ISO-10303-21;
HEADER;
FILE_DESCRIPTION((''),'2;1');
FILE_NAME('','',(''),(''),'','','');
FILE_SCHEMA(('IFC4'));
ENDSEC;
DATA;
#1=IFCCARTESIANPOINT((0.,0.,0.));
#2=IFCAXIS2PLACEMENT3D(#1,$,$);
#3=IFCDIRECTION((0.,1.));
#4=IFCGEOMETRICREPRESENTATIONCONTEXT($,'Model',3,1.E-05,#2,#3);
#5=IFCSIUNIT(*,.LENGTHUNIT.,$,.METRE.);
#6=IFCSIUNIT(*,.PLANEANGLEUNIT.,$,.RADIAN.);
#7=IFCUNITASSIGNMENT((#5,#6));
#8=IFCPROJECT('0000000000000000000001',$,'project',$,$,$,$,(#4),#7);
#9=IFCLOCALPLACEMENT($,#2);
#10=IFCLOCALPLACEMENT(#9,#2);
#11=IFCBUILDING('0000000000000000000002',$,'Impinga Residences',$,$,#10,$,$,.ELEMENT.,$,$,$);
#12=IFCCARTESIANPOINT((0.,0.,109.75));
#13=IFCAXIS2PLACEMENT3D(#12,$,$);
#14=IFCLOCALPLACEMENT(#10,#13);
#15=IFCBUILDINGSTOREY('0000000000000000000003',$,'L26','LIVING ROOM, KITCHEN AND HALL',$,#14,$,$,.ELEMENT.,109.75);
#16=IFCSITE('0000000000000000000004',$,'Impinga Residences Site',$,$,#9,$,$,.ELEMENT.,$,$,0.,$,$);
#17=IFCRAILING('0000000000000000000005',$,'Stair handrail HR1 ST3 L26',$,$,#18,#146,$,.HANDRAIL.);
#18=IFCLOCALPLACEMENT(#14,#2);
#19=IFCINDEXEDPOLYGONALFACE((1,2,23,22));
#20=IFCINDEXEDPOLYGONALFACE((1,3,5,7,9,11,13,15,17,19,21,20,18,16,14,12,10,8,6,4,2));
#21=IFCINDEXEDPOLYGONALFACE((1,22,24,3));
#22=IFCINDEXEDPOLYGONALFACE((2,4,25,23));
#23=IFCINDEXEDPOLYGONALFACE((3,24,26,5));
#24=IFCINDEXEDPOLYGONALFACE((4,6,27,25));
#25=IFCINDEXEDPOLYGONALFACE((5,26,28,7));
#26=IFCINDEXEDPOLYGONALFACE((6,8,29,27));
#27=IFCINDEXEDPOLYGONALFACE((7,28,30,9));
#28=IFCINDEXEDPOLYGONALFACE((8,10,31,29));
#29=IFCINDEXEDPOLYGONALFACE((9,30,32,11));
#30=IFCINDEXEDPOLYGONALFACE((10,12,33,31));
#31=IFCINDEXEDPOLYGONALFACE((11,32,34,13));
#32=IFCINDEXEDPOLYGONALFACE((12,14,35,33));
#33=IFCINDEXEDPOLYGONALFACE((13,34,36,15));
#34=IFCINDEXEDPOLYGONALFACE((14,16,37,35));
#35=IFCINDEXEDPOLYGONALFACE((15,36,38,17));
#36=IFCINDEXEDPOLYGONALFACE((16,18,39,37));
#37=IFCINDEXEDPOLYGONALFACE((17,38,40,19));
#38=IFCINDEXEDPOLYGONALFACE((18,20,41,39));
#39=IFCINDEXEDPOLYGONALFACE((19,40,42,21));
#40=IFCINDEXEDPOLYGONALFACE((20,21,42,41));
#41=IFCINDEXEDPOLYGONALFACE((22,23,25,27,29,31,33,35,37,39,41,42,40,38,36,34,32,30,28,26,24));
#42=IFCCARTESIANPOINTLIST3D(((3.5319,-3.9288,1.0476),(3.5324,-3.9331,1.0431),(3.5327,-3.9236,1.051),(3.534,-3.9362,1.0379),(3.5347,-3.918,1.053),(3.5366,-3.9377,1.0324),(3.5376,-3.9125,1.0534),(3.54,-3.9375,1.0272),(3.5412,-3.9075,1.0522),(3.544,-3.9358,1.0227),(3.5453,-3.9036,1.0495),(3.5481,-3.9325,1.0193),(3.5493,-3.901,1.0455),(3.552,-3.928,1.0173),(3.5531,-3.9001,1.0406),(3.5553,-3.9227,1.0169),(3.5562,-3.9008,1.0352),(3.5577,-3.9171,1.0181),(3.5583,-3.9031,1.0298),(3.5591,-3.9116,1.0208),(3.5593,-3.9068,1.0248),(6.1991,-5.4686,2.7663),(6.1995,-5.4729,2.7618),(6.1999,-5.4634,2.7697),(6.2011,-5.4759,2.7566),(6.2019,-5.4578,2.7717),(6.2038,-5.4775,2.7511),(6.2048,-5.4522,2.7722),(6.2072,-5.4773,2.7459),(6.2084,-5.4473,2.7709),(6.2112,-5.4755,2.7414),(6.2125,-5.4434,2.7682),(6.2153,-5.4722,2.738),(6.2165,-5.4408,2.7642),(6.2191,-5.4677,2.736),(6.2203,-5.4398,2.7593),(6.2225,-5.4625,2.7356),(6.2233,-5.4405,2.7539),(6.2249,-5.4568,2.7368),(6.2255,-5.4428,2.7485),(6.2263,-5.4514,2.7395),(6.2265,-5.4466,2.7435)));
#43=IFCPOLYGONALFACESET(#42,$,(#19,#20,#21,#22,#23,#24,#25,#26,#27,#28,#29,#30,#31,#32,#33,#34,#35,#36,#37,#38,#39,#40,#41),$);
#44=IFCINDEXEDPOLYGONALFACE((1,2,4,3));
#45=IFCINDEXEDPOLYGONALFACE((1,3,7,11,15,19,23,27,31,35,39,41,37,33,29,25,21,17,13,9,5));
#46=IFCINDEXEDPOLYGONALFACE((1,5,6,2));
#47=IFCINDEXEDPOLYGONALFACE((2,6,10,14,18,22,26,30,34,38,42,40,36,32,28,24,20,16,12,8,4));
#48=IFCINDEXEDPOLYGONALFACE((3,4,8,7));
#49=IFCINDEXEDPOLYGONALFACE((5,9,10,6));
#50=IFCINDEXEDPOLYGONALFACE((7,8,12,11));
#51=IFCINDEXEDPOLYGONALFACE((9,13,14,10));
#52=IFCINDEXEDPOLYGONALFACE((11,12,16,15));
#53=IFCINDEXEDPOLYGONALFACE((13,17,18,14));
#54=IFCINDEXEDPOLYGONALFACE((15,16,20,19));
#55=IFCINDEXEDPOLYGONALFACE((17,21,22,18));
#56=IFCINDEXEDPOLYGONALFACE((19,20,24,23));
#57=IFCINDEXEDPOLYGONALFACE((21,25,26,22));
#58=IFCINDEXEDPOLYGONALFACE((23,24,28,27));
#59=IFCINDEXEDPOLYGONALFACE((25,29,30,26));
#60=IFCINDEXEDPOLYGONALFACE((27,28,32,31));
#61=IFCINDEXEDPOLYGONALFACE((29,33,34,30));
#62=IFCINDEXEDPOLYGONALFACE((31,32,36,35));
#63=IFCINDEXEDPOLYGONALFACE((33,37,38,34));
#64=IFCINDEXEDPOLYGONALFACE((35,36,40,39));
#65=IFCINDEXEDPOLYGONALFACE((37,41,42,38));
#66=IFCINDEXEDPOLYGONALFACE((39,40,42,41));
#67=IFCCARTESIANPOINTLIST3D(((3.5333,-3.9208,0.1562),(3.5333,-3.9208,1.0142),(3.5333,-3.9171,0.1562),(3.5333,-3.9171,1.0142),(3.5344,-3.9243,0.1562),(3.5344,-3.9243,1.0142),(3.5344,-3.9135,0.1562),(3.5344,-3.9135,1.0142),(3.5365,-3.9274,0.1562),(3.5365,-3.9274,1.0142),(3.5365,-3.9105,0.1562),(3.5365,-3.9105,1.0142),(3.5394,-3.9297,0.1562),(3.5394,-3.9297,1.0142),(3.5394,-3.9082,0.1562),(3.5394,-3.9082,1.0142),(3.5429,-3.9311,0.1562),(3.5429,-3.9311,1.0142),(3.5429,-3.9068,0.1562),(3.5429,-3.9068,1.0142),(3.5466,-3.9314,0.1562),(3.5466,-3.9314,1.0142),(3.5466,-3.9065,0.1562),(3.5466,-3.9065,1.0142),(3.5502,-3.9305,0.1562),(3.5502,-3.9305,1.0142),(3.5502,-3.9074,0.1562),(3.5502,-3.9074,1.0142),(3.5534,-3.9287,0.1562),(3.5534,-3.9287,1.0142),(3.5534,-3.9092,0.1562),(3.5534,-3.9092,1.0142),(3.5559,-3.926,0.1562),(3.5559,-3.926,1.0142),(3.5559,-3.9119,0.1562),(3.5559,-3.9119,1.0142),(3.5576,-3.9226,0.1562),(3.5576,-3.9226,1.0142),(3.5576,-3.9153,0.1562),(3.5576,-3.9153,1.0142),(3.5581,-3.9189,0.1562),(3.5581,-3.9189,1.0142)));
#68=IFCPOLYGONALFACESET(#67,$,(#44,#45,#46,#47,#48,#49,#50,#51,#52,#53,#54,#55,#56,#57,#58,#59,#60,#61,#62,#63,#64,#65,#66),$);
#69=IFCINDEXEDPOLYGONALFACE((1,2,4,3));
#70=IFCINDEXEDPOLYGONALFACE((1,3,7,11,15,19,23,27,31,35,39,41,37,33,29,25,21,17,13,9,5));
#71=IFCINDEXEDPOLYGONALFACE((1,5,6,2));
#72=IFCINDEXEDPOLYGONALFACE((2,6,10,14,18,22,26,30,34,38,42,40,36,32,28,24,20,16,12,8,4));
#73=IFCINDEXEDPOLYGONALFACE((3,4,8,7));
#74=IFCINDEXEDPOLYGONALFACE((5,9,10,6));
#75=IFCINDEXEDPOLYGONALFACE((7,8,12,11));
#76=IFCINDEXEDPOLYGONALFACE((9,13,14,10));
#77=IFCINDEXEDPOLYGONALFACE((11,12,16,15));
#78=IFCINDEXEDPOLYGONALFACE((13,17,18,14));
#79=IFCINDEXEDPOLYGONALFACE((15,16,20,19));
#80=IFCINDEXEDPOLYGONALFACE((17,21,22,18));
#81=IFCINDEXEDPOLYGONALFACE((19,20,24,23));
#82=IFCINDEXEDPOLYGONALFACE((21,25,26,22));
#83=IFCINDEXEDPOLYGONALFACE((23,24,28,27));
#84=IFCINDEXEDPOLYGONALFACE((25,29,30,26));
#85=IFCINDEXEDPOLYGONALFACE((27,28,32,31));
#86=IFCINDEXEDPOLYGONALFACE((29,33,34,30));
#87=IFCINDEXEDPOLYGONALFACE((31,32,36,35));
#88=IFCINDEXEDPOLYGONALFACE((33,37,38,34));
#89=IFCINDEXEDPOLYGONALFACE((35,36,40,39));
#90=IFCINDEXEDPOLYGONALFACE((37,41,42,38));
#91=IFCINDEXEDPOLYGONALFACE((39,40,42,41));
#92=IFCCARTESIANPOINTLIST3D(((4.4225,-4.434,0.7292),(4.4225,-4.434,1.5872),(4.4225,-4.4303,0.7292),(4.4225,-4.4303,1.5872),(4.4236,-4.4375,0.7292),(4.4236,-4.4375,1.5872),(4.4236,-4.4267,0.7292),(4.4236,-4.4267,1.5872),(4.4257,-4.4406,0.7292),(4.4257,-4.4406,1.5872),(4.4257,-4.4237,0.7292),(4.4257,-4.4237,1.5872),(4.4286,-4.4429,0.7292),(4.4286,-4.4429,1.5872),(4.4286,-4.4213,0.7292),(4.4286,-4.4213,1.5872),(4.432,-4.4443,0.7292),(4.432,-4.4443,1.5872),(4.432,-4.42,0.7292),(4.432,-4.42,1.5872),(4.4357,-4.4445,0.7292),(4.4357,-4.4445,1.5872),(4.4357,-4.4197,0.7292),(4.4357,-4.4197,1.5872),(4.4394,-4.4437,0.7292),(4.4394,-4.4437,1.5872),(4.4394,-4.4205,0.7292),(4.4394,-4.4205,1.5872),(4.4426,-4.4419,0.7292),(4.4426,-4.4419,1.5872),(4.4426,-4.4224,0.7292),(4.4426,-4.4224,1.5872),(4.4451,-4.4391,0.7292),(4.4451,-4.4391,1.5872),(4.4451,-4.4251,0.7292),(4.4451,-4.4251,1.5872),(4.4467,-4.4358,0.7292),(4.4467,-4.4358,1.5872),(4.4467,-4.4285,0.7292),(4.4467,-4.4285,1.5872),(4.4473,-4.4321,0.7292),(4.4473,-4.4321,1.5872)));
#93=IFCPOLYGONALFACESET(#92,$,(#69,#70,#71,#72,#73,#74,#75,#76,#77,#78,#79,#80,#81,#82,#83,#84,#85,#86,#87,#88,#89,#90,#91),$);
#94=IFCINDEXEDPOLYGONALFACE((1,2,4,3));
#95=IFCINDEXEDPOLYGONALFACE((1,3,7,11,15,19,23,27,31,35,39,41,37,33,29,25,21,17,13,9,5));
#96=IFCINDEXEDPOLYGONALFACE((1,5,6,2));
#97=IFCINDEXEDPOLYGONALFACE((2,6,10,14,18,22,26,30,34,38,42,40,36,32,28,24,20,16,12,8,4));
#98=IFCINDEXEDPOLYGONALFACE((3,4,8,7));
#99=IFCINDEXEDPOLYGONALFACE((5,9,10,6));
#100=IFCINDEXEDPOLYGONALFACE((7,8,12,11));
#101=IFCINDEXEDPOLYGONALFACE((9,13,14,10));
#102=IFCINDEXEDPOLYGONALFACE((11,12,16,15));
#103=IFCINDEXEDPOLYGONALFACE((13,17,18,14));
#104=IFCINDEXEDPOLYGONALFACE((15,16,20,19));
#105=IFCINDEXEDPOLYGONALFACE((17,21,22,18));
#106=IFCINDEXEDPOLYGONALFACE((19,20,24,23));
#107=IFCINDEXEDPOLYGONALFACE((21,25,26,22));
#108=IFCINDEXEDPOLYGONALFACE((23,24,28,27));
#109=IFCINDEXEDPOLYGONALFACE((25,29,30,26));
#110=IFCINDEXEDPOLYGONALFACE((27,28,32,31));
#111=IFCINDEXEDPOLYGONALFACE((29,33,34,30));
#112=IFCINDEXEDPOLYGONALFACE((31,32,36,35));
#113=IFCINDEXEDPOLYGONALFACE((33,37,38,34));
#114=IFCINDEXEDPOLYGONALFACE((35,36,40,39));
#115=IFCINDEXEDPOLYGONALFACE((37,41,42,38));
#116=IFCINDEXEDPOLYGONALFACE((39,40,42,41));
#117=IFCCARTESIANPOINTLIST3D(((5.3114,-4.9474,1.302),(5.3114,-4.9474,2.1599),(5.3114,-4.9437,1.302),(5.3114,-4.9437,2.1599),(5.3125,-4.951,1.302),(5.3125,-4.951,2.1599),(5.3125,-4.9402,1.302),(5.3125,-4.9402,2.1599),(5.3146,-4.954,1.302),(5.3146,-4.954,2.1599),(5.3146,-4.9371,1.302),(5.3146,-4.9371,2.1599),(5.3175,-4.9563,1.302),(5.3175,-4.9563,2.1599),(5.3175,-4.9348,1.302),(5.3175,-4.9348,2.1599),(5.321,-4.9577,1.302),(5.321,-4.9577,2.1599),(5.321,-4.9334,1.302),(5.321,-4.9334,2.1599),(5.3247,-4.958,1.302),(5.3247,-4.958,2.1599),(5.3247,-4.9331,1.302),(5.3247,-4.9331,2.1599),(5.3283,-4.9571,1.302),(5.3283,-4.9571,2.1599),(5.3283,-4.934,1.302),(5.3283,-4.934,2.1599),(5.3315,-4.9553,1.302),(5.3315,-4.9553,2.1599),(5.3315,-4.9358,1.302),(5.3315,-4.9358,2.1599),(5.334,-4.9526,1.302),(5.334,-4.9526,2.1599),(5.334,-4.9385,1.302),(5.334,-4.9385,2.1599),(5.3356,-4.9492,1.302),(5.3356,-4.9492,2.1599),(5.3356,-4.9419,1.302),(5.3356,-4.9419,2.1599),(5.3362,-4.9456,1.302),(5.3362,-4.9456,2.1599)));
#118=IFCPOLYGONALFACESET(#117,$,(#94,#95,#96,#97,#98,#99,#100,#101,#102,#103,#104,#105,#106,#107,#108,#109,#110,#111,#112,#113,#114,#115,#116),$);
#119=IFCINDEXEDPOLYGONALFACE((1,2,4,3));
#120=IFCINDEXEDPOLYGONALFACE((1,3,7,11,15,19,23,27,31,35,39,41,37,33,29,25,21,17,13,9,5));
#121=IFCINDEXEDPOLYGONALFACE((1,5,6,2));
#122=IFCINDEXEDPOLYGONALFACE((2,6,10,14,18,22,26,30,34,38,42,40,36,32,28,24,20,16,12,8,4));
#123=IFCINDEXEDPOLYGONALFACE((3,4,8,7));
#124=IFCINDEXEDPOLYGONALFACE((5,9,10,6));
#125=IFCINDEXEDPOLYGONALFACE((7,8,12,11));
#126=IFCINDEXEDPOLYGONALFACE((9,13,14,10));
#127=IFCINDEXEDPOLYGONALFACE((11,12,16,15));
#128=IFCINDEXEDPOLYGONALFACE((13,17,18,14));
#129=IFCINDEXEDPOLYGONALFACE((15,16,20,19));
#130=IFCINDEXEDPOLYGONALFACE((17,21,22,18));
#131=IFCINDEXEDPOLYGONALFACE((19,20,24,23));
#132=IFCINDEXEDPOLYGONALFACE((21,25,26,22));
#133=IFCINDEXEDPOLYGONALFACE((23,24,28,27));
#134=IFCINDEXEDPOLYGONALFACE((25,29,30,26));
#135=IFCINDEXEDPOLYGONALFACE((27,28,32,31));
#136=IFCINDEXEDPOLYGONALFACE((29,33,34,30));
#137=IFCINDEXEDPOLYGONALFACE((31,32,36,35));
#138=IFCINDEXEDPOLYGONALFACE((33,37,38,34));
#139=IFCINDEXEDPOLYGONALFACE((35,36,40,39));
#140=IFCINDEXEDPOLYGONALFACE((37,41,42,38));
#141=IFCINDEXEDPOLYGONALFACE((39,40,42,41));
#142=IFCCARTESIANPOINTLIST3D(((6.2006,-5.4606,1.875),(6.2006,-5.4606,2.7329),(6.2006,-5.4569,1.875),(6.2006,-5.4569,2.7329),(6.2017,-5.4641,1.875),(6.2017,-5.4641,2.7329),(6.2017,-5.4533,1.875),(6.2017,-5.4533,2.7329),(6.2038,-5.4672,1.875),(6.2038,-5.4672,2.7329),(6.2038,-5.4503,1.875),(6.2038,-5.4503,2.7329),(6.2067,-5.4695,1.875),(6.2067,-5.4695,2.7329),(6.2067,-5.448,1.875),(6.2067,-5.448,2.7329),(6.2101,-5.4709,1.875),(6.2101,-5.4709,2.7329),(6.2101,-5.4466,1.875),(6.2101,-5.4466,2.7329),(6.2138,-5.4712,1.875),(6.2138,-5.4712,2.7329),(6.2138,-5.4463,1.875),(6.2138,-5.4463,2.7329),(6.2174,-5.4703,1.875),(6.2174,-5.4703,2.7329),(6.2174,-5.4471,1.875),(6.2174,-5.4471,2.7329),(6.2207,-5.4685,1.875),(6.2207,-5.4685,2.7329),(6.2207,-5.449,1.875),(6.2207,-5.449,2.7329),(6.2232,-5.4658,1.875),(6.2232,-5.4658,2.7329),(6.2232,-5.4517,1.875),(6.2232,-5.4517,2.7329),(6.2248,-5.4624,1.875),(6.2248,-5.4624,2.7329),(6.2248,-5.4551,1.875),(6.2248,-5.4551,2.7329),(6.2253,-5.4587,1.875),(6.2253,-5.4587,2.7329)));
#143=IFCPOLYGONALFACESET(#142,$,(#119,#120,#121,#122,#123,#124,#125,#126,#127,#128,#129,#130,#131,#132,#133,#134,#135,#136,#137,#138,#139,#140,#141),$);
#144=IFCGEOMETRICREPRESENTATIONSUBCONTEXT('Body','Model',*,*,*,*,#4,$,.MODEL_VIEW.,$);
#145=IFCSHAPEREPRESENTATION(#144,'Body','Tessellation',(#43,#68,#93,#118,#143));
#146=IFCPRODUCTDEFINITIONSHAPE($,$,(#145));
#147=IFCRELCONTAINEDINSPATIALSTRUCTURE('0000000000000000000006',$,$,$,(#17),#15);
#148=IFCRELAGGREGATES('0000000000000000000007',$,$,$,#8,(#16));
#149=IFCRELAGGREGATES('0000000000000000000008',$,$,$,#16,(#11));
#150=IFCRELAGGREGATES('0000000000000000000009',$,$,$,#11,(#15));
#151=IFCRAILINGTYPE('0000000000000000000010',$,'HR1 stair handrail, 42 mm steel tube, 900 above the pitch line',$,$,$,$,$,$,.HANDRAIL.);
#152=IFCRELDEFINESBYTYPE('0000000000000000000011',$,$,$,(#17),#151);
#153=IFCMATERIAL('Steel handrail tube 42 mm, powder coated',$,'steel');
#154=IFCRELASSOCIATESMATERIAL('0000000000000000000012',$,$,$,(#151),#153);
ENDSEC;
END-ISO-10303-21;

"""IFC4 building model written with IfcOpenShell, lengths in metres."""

from ifc_helpers import new_model, si_unit, direction, frame, origin, origin_2d, place, context, subcontext, project, spatial, circle, extrude, material, type_object, element, save


model = new_model("IFC4")

# Units and contexts
model_context = context("Model", 3, precision=1e-05, world=origin(), true_north=direction((0.0, 1.0)))
body_context = subcontext(model_context, "Body", "Model", "MODEL_VIEW")
ifc_project = project(units=[si_unit("LENGTHUNIT", "METRE"), si_unit("PLANEANGLEUNIT", "RADIAN")], contexts=[model_context])

# Site, building, storey
site_placement = place(None, origin())
site = spatial("IfcSite", under=ifc_project, at=site_placement, Name="Impinga Residences Site", CompositionType="ELEMENT", RefElevation=0.0)
building_placement = place(site_placement, origin())
building = spatial("IfcBuilding", under=site, at=building_placement, Name="Impinga Residences", CompositionType="ELEMENT")
storey_placement = place(building_placement, frame((0.0, 0.0, 109.75)))
storey = spatial("IfcBuildingStorey", under=building, at=storey_placement, Name="L26", Description="LIVING ROOM, KITCHEN AND HALL", CompositionType="ELEMENT", Elevation=109.75)

# Railing
ifc_material_1 = material(Name="Steel handrail tube 42 mm, powder coated", Category="steel")
railing_type_1 = type_object("IfcRailingType", Name="HR1 stair handrail, 42 mm steel tube, 900 above the pitch line", PredefinedType="HANDRAIL", material=ifc_material_1)
railing_1_placement = place(storey_placement, frame((3.5457, -3.9189, 0.1562)))
element("IfcRailing", 1, at=railing_1_placement, inside=storey, type_object=railing_type_1, Name="Stair handrail HR1 ST3 L26", PredefinedType="HANDRAIL", context=body_context, shape_type="SweptSolid", body=[
    extrude(circle(Radius=0.021, at=origin_2d()), frame((0.0, 0.0, 0.8789), z_axis=(0.756249, -0.436582, 0.487322), x_axis=(0.499967, 0.866044, 0.0)), (0.0, 0.0, 1.0), 3.5269),
    extrude(circle(Radius=0.0125, at=origin_2d()), origin(), (0.0, 0.0, 1.0), 0.8579),
    extrude(circle(Radius=0.0125, at=origin_2d()), frame((0.8892, -0.5132, 0.573)), (0.0, 0.0, 1.0), 0.8579),
    extrude(circle(Radius=0.0125, at=origin_2d()), frame((1.7781, -1.0266, 1.1458)), (0.0, 0.0, 1.0), 0.8579),
    extrude(circle(Radius=0.0125, at=origin_2d()), frame((2.6672, -1.5398, 1.7188)), (0.0, 0.0, 1.0), 0.8579),
])

save(model, "model.ifc")
